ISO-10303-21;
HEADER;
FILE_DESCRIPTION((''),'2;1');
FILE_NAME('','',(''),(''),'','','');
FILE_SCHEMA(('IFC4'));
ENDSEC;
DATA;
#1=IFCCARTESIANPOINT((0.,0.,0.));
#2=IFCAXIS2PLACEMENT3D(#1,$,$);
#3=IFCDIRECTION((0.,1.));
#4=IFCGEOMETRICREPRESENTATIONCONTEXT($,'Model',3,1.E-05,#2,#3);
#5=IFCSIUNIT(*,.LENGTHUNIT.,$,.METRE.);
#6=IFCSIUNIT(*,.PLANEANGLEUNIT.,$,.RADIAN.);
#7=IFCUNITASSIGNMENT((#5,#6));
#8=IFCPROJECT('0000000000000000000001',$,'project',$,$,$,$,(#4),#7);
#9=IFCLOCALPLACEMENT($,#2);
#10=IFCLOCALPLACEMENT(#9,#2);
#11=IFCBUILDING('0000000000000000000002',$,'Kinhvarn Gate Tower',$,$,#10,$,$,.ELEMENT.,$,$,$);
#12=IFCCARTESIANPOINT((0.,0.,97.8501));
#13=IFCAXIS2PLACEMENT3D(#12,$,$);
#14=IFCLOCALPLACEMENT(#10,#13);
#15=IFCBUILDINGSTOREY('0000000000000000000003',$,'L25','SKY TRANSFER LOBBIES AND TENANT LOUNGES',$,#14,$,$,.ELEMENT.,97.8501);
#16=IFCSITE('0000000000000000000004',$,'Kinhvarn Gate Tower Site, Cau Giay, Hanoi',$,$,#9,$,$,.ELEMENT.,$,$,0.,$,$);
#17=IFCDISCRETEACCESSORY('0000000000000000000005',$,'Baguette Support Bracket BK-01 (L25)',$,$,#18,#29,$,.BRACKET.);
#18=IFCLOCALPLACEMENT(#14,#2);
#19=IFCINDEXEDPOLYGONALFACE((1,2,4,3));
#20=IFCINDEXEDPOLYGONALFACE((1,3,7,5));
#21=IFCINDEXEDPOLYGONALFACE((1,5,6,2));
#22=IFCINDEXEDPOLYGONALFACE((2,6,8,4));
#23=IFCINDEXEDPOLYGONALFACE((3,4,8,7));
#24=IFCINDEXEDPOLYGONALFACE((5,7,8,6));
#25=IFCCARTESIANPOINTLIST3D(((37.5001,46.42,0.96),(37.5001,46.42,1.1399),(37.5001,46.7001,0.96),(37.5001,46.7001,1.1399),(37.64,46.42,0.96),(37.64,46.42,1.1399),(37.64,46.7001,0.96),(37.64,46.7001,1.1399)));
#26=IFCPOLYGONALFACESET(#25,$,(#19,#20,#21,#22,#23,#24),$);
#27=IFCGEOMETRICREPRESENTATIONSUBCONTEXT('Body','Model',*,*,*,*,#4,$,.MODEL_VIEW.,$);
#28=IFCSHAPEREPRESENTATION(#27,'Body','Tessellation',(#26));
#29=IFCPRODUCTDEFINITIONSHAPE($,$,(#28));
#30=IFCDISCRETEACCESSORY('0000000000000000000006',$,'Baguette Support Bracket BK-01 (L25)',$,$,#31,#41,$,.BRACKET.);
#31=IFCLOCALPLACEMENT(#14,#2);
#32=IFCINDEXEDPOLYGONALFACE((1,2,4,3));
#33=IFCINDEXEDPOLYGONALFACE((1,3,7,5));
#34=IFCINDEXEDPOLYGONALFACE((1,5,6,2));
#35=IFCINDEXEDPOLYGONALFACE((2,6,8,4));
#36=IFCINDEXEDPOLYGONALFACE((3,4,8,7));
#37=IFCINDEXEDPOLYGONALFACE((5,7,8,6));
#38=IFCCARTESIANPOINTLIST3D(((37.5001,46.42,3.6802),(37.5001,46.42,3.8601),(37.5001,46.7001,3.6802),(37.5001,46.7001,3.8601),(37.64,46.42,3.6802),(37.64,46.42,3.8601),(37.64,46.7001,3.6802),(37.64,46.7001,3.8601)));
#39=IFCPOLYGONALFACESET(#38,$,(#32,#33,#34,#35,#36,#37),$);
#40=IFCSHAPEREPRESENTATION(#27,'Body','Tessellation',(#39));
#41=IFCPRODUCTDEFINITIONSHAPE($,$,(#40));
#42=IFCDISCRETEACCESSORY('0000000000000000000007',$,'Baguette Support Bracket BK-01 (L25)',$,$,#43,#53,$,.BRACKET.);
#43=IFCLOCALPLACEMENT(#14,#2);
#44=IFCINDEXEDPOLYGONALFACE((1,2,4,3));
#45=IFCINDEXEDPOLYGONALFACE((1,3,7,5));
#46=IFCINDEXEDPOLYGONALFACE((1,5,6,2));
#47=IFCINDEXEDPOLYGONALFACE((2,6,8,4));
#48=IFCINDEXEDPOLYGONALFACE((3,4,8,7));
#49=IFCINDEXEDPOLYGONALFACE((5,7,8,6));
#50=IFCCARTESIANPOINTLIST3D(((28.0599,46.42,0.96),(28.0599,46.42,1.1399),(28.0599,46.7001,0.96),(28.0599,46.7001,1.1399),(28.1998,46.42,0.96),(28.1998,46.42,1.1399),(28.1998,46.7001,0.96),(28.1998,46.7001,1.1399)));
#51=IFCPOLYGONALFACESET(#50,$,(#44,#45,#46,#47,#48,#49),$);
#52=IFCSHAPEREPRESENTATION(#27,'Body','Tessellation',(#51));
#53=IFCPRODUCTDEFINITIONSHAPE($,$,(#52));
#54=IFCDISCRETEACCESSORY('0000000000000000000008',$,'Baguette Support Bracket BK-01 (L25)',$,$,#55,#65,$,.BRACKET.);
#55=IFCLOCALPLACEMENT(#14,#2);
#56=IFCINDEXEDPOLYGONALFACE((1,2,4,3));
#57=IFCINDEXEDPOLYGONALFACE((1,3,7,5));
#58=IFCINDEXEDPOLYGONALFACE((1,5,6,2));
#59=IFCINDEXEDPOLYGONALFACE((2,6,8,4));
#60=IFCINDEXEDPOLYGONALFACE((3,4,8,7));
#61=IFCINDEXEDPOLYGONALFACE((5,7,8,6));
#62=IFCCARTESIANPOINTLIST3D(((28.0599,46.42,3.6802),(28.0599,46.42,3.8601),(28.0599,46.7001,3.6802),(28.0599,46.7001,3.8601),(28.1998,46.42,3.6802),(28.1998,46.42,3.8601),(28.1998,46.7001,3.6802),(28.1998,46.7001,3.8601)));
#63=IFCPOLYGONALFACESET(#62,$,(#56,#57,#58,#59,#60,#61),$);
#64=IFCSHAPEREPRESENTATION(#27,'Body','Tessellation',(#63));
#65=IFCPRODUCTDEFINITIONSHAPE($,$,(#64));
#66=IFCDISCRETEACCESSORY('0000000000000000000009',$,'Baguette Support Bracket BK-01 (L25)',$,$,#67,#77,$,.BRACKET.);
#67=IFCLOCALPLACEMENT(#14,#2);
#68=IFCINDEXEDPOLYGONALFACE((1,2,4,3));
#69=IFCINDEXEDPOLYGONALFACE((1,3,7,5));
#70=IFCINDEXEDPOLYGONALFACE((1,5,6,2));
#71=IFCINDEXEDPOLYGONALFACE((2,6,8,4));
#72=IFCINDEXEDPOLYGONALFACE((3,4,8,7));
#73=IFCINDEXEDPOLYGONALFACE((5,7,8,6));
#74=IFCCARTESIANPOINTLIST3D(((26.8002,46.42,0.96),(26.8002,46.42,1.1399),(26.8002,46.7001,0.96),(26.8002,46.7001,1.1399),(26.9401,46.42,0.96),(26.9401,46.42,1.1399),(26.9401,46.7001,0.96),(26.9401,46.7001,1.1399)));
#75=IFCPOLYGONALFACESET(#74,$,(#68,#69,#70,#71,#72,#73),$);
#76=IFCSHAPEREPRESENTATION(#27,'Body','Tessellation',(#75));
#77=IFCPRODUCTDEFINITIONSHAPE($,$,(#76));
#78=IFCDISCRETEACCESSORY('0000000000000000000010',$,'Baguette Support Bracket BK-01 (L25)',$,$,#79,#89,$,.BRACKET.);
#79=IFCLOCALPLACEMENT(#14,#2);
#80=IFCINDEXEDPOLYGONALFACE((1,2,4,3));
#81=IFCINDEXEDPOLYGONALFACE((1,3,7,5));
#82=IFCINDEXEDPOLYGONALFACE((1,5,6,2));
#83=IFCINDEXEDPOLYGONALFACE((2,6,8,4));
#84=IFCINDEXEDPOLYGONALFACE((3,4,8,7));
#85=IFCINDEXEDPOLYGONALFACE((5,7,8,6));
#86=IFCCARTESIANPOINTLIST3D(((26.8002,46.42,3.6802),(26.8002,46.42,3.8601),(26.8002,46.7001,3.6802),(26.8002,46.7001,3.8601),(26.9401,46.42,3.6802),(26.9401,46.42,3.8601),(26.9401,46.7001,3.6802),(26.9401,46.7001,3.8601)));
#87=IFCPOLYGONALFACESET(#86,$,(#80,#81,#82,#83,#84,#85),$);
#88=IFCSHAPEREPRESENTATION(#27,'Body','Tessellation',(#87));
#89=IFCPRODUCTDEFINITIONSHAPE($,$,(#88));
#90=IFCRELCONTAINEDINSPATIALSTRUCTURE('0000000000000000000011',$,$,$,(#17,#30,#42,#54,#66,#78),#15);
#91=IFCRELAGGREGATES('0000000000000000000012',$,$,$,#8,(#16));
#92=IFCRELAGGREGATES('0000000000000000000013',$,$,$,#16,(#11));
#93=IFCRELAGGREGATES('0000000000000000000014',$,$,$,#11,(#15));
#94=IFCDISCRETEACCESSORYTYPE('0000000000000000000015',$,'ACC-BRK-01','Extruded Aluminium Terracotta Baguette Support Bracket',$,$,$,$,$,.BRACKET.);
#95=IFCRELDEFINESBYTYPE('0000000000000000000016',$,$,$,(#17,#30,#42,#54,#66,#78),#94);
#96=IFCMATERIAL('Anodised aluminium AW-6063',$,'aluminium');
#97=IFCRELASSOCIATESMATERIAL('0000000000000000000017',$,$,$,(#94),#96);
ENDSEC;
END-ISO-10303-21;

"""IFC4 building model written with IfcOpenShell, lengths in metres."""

from ifc_helpers import new_model, si_unit, direction, frame, origin, origin_2d, place, context, subcontext, project, spatial, rectangle, extrude, material, type_object, element, save


model = new_model("IFC4")

# Units and contexts
model_context = context("Model", 3, precision=1e-05, world=origin(), true_north=direction((0.0, 1.0)))
body_context = subcontext(model_context, "Body", "Model", "MODEL_VIEW")
ifc_project = project(units=[si_unit("LENGTHUNIT", "METRE"), si_unit("PLANEANGLEUNIT", "RADIAN")], contexts=[model_context])

# Site, building, storey
site_placement = place(None, origin())
site = spatial("IfcSite", under=ifc_project, at=site_placement, Name="Kinhvarn Gate Tower Site, Cau Giay, Hanoi", CompositionType="ELEMENT", RefElevation=0.0)
building_placement = place(site_placement, origin())
building = spatial("IfcBuilding", under=site, at=building_placement, Name="Kinhvarn Gate Tower", CompositionType="ELEMENT")
storey_placement = place(building_placement, frame((0.0, 0.0, 97.8501)))
storey = spatial("IfcBuildingStorey", under=building, at=storey_placement, Name="L25", Description="SKY TRANSFER LOBBIES AND TENANT LOUNGES", CompositionType="ELEMENT", Elevation=97.8501)

# Shared definitions
ifc_material_1 = material(Name="Anodised aluminium AW-6063", Category="aluminium")

# Discrete accessories
discrete_accessory_type = type_object("IfcDiscreteAccessoryType", Name="ACC-BRK-01", Description="Extruded Aluminium Terracotta Baguette Support Bracket", PredefinedType="BRACKET", material=ifc_material_1)
for number, where, z_axis, x_axis, name in (
    (1, (37.5701, 46.5601, 0.96), (0.0, 0.0, 1.0), (-1.0, 0.0, 0.0), "Baguette Support Bracket BK-01 (L25)"),
    (2, (37.5701, 46.5601, 3.6802), (0.0, 0.0, 1.0), (-1.0, 0.0, 0.0), "Baguette Support Bracket BK-01 (L25)"),
    (3, (28.1299, 46.5601, 0.96), (0.0, 0.0, 1.0), (-1.0, 0.0, 0.0), "Baguette Support Bracket BK-01 (L25)"),
    (4, (28.1299, 46.5601, 3.6802), (0.0, 0.0, 1.0), (-1.0, 0.0, 0.0), "Baguette Support Bracket BK-01 (L25)"),
    (5, (26.8701, 46.5601, 0.96), (0.0, 0.0, 1.0), (-1.0, 0.0, 0.0), "Baguette Support Bracket BK-01 (L25)"),
    (6, (26.8701, 46.5601, 3.6802), (0.0, 0.0, 1.0), (-1.0, 0.0, 0.0), "Baguette Support Bracket BK-01 (L25)"),
):
    element("IfcDiscreteAccessory", number, at=place(storey_placement, frame(where, z_axis=z_axis, x_axis=x_axis)), inside=storey, type_object=discrete_accessory_type, Name=name, PredefinedType="BRACKET", context=body_context, shape_type="SweptSolid", body=[
        extrude(rectangle(XDim=0.1399, YDim=0.28, at=origin_2d()), origin(), (0.0, 0.0, 1.0), 0.1799),
    ])

save(model, "model.ifc")
